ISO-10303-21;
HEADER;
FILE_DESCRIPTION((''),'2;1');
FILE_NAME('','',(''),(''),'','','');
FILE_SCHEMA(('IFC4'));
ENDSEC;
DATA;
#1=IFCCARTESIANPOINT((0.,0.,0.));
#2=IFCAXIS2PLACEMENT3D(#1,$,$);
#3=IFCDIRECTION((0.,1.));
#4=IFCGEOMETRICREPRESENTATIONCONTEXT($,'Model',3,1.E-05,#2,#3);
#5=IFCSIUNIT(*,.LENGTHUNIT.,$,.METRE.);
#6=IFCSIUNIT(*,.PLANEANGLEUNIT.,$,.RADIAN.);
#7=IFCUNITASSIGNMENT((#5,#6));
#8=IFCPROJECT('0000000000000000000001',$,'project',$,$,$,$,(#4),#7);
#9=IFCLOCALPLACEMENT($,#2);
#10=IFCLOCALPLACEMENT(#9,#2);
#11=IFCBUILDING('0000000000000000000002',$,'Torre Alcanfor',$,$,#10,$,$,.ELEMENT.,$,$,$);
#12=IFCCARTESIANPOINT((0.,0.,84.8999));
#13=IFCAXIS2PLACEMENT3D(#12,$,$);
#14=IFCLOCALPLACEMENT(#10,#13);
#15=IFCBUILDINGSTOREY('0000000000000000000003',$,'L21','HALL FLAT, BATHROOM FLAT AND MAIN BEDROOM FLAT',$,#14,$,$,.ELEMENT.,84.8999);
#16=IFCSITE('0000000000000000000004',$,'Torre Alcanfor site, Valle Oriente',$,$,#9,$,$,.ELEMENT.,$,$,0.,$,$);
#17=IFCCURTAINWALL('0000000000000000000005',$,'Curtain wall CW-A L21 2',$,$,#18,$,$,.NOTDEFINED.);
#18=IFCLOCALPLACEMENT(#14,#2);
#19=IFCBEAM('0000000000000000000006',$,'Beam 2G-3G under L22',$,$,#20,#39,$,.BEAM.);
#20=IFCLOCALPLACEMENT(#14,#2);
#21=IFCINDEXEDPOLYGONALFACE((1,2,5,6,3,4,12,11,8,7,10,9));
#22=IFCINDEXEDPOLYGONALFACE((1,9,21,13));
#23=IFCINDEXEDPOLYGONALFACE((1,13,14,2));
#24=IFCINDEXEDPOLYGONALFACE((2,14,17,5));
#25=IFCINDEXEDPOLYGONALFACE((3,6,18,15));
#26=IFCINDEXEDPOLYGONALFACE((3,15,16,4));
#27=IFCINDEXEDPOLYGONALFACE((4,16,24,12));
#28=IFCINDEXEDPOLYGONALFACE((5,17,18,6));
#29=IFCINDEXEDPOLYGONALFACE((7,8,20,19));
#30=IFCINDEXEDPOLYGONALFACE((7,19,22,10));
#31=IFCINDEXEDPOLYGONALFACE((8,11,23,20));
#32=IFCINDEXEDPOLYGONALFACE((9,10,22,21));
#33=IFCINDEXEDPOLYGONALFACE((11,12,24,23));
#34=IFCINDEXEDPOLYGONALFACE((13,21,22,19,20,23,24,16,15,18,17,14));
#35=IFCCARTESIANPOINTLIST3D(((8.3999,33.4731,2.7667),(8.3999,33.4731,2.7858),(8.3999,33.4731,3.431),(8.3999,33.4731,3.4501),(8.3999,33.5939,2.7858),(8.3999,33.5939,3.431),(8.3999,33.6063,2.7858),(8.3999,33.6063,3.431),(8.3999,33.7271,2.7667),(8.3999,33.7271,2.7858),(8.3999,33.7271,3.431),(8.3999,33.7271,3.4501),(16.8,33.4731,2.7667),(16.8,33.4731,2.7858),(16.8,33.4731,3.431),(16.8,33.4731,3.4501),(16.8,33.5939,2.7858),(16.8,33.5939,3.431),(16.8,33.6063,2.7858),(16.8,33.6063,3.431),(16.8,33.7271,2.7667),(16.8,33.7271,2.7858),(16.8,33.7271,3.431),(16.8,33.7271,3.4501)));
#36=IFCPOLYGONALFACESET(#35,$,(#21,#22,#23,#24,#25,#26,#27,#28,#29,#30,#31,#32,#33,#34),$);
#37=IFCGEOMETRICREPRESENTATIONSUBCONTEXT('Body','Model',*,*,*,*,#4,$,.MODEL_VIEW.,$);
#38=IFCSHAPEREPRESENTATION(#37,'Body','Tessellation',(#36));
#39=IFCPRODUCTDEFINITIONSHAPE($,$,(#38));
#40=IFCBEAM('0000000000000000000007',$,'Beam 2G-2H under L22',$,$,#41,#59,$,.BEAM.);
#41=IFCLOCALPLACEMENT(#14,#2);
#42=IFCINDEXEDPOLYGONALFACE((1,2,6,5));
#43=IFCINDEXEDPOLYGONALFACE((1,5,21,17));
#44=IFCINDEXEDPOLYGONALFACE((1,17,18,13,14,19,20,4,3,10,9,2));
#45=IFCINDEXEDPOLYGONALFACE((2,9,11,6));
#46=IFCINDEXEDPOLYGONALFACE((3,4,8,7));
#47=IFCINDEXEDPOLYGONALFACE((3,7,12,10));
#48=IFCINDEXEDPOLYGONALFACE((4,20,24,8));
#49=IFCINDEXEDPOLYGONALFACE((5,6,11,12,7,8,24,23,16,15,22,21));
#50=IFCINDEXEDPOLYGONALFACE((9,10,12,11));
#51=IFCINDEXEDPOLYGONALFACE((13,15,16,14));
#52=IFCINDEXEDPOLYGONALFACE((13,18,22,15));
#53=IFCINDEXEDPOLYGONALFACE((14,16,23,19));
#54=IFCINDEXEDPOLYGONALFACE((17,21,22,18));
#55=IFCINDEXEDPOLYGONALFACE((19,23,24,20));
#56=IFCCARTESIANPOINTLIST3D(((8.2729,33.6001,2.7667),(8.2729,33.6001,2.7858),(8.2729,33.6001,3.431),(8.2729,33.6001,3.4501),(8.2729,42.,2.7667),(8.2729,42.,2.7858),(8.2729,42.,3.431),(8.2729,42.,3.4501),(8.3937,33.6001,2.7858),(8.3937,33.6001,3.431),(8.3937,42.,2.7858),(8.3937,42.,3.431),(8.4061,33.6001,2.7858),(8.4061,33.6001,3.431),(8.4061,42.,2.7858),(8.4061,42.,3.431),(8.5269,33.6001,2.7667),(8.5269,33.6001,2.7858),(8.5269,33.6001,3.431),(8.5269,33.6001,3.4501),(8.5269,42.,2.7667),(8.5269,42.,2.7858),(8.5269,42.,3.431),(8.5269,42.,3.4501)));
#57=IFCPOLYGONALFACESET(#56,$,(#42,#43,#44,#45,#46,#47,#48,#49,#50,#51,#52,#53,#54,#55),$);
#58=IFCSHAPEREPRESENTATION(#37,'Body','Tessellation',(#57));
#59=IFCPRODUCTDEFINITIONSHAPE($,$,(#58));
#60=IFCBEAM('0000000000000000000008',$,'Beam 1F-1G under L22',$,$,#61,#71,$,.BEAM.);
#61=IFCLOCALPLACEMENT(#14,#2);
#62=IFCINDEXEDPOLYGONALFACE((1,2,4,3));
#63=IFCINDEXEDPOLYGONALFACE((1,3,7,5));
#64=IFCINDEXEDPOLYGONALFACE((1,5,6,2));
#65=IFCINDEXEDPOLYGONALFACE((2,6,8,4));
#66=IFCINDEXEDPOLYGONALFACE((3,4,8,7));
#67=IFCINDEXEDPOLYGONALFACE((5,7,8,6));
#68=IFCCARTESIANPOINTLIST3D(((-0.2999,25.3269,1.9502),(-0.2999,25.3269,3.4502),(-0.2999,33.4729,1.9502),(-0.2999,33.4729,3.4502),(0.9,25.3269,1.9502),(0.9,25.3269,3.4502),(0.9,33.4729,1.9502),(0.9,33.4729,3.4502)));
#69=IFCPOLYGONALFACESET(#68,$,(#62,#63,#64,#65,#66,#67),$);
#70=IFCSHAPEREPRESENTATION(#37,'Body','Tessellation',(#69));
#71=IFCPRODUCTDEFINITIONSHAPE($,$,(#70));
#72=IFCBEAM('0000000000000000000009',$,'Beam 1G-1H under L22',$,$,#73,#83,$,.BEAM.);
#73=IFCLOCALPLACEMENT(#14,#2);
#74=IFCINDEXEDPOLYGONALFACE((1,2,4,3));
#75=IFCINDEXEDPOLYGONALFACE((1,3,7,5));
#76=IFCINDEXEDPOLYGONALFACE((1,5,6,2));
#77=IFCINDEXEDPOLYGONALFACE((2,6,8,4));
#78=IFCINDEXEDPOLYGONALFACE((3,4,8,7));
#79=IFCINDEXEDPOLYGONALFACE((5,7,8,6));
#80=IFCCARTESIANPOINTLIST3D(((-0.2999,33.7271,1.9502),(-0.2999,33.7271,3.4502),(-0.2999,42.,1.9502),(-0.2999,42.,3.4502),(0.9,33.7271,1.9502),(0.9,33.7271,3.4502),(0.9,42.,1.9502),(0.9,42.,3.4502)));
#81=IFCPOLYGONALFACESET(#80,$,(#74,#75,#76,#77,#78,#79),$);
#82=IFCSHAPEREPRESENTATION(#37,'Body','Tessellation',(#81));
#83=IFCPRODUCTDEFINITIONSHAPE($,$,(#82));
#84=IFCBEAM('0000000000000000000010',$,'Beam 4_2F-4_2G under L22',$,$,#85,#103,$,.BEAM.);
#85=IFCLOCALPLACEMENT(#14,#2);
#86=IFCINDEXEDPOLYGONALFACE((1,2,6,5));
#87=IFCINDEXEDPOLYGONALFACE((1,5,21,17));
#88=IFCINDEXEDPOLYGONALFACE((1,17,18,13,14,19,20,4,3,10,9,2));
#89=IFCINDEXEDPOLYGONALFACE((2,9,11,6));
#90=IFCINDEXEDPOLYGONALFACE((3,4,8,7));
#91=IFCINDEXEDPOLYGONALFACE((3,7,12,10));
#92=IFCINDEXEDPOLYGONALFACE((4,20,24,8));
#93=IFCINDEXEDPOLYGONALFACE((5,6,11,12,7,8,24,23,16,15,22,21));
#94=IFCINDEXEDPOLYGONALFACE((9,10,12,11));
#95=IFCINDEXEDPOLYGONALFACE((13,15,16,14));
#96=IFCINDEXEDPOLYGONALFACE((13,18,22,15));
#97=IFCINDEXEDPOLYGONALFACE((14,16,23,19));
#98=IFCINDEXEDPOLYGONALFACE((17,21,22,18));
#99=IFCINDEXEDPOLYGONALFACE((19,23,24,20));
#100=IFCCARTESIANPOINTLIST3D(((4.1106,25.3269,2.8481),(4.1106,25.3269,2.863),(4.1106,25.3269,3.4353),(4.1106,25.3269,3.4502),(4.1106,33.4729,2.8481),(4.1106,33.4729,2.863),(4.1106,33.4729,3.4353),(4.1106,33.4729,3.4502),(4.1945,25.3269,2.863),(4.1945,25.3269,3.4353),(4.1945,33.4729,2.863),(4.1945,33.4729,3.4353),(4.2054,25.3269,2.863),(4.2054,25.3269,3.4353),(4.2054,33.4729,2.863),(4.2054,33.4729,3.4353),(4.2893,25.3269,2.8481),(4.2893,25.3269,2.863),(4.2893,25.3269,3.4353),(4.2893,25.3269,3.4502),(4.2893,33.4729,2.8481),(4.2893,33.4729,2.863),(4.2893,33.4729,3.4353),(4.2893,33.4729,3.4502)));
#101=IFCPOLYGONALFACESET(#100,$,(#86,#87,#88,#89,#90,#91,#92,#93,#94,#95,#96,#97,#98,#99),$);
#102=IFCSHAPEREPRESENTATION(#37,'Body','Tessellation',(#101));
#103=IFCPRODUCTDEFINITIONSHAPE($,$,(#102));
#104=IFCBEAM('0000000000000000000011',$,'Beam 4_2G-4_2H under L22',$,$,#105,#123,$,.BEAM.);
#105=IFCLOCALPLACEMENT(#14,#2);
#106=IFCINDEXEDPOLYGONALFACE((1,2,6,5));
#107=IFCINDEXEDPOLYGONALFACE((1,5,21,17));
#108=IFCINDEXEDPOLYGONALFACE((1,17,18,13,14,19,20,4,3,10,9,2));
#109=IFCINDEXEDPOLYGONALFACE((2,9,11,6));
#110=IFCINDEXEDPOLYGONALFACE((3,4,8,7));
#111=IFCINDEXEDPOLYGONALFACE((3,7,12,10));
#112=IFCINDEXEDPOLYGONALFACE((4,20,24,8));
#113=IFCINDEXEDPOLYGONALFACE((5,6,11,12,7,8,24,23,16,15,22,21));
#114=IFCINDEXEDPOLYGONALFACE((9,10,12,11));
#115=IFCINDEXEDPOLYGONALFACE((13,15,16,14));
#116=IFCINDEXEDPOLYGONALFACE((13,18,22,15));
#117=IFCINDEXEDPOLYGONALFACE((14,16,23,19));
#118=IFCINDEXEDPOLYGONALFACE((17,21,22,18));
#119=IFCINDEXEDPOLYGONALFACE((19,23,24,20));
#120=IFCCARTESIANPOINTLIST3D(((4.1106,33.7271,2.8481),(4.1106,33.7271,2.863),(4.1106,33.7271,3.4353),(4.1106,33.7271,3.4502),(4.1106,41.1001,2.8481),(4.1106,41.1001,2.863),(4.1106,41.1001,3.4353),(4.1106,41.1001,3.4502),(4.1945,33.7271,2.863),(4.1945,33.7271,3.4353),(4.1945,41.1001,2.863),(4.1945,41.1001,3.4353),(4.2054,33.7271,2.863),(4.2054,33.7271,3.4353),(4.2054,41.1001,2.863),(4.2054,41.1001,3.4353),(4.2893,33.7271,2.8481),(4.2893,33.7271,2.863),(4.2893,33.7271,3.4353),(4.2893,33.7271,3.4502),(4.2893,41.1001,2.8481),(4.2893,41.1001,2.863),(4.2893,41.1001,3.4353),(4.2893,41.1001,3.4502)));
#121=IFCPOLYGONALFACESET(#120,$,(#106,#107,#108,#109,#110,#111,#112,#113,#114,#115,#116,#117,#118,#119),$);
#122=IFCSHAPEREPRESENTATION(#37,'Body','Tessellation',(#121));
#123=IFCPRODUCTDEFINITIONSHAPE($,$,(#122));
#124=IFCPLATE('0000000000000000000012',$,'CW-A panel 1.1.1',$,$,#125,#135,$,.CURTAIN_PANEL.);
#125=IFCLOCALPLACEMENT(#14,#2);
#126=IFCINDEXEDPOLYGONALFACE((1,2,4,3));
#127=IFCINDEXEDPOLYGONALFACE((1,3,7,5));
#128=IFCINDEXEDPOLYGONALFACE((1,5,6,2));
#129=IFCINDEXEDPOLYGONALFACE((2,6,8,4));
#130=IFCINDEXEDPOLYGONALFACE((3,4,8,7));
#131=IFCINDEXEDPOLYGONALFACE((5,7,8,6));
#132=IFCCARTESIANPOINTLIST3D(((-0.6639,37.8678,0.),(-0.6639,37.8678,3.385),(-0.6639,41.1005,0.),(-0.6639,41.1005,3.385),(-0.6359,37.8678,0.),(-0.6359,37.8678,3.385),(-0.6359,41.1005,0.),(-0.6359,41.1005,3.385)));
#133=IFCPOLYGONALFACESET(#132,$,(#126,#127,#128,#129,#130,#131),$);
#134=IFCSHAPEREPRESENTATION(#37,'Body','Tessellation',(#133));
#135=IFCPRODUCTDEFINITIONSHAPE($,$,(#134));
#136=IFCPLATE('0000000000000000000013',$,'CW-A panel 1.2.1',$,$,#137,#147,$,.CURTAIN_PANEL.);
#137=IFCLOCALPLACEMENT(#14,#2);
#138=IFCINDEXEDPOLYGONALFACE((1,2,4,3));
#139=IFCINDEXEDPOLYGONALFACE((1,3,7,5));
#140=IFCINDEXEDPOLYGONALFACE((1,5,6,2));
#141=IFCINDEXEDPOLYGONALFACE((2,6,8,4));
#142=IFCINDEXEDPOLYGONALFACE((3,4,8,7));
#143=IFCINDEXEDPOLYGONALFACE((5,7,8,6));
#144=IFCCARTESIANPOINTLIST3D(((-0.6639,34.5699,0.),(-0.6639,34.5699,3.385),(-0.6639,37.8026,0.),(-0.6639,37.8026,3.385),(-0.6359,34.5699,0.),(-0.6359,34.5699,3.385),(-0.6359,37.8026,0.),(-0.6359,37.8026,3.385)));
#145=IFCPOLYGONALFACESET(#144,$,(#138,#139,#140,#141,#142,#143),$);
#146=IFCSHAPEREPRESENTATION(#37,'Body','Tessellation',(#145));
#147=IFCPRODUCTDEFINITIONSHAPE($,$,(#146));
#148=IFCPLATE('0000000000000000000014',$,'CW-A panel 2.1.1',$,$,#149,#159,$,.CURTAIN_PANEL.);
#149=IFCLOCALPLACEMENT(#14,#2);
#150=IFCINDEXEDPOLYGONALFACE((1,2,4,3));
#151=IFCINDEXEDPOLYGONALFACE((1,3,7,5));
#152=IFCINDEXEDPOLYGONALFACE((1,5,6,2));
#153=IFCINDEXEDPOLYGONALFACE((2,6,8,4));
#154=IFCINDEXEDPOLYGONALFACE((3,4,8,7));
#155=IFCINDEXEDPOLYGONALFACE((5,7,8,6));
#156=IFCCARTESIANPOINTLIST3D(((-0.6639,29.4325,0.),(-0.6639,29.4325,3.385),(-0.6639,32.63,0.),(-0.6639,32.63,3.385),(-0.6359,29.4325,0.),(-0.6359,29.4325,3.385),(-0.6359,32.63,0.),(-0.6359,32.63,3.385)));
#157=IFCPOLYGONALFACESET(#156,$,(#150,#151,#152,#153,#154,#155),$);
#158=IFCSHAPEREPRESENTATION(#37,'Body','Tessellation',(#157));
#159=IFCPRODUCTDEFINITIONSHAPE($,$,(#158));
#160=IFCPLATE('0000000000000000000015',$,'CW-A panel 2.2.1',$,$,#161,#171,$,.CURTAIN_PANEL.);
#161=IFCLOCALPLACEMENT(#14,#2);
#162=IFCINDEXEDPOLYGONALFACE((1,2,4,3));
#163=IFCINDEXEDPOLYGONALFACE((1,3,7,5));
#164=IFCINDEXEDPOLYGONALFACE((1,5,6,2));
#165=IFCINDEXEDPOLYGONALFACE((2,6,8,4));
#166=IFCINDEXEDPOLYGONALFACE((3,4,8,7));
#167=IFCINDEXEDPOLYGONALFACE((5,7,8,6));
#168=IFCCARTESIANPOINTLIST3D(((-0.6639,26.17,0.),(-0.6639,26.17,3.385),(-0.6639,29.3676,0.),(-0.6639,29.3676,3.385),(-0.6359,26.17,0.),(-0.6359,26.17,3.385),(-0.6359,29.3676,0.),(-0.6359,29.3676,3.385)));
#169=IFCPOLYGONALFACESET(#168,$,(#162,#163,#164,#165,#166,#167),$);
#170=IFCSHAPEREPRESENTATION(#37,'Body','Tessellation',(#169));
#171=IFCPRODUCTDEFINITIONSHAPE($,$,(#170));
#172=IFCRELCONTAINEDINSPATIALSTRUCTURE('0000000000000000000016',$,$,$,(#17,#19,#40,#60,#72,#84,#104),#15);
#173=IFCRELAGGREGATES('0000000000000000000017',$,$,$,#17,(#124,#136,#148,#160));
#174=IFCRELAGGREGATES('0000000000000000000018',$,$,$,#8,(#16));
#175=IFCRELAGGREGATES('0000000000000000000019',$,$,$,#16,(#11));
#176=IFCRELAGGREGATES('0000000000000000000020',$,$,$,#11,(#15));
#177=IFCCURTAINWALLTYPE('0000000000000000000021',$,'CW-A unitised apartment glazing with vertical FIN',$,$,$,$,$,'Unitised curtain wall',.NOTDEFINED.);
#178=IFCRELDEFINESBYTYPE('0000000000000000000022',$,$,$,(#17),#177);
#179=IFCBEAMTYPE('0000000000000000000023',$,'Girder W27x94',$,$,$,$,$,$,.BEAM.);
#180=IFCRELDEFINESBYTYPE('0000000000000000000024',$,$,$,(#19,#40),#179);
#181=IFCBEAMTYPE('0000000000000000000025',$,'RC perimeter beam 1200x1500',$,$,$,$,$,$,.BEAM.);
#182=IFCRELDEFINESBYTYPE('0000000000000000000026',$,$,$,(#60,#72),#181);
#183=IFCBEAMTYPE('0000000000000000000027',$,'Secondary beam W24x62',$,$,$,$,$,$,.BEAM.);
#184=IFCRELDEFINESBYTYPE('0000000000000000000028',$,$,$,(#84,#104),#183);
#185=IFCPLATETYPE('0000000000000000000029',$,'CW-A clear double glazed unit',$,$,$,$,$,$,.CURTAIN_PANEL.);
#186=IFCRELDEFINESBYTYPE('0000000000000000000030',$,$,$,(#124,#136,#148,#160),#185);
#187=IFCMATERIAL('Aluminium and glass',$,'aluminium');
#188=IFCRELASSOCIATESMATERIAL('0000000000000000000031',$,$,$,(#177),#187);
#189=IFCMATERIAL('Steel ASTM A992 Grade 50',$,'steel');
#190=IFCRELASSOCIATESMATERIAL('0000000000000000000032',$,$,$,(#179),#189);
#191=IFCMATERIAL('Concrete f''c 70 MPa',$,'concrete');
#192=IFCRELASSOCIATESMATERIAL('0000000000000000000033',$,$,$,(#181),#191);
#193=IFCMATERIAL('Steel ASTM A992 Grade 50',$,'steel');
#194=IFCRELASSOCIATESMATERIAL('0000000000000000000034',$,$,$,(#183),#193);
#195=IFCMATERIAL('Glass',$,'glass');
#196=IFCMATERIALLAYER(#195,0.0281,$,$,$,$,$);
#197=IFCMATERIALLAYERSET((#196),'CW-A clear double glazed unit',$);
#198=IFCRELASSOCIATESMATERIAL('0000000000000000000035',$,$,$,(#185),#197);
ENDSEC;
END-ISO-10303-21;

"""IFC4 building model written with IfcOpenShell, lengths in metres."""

from ifc_helpers import new_model, si_unit, direction, frame, origin, origin_2d, place, context, subcontext, project, spatial, rectangle, i_section, extrude, material, layer, layer_set, material_profile, profile_set, type_object, element, aggregate, save


model = new_model("IFC4")

# Units and contexts
model_context = context("Model", 3, precision=1e-05, world=origin(), true_north=direction((0.0, 1.0)))
body_context = subcontext(model_context, "Body", "Model", "MODEL_VIEW")
ifc_project = project(units=[si_unit("LENGTHUNIT", "METRE"), si_unit("PLANEANGLEUNIT", "RADIAN")], contexts=[model_context])

# Site, building, storey
site_placement = place(None, origin())
site = spatial("IfcSite", under=ifc_project, at=site_placement, Name="Torre Alcanfor site, Valle Oriente", CompositionType="ELEMENT", RefElevation=0.0)
building_placement = place(site_placement, origin())
building = spatial("IfcBuilding", under=site, at=building_placement, Name="Torre Alcanfor", CompositionType="ELEMENT")
storey_placement = place(building_placement, frame((0.0, 0.0, 84.8999)))
storey = spatial("IfcBuildingStorey", under=building, at=storey_placement, Name="L21", Description="HALL FLAT, BATHROOM FLAT AND MAIN BEDROOM FLAT", CompositionType="ELEMENT", Elevation=84.8999)

# Curtain wall
ifc_material_1 = material(Name="Aluminium and glass", Category="aluminium")
curtain_wall_type = type_object("IfcCurtainWallType", Name="CW-A unitised apartment glazing with vertical FIN", ElementType="Unitised curtain wall", PredefinedType="NOTDEFINED", material=ifc_material_1)
curtain_wall_placement = place(storey_placement, origin())
curtain_wall = element("IfcCurtainWall", 1, at=curtain_wall_placement, inside=storey, type_object=curtain_wall_type, Name="Curtain wall CW-A L21 2", PredefinedType="NOTDEFINED")

# Beams
ifc_material_2 = material(Name="Steel ASTM A992 Grade 50", Category="steel")
ifc_material_profile_1 = material_profile(ifc_material_2, i_section(OverallWidth=0.2539, OverallDepth=0.6833, WebThickness=0.0125, FlangeThickness=0.019, at=origin_2d()), Name="W27x94")
ifc_profile_set_1 = profile_set([ifc_material_profile_1], Name="Steel ASTM A992 Grade 50")
beam_type_1 = type_object("IfcBeamType", Name="Girder W27x94", PredefinedType="BEAM", material=ifc_profile_set_1)
beam_1_placement = place(storey_placement, frame((8.3999, 33.6001, 3.1084), z_axis=(1.0, 0.0, 0.0), x_axis=(0.0, 1.0, 0.0)))
element("IfcBeam", 2, at=beam_1_placement, inside=storey, type_object=beam_type_1, Name="Beam 2G-3G under L22", PredefinedType="BEAM", context=body_context, shape_type="SweptSolid", body=[
    extrude(i_section(OverallWidth=0.2539, OverallDepth=0.6833, WebThickness=0.0125, FlangeThickness=0.019, at=origin_2d()), origin(), (0.0, 0.0, 1.0), 8.4001),
])
beam_2_placement = place(storey_placement, frame((8.3999, 33.6001, 3.1084), z_axis=(0.0, 1.0, 0.0), x_axis=(-1.0, 0.0, 0.0)))
element("IfcBeam", 3, at=beam_2_placement, inside=storey, type_object=beam_type_1, Name="Beam 2G-2H under L22", PredefinedType="BEAM", context=body_context, shape_type="SweptSolid", body=[
    extrude(i_section(OverallWidth=0.2539, OverallDepth=0.6833, WebThickness=0.0125, FlangeThickness=0.019, at=origin_2d()), origin(), (0.0, 0.0, 1.0), 8.3999),
])
ifc_material_3 = material(Name="Concrete f'c 70 MPa", Category="concrete")
ifc_material_profile_2 = material_profile(ifc_material_3, rectangle(XDim=1.2, YDim=1.5, at=origin_2d()), Name="1200x1500")
ifc_profile_set_2 = profile_set([ifc_material_profile_2], Name="Concrete f'c 70 MPa")
beam_type_2 = type_object("IfcBeamType", Name="RC perimeter beam 1200x1500", PredefinedType="BEAM", material=ifc_profile_set_2)
beam_3_placement = place(storey_placement, frame((0.3, 25.3269, 2.7002), z_axis=(0.0, 1.0, 0.0), x_axis=(-1.0, 0.0, 0.0)))
element("IfcBeam", 4, at=beam_3_placement, inside=storey, type_object=beam_type_2, Name="Beam 1F-1G under L22", PredefinedType="BEAM", context=body_context, shape_type="SweptSolid", body=[
    extrude(rectangle(XDim=1.2, YDim=1.5, at=origin_2d()), origin(), (0.0, 0.0, 1.0), 8.146),
])
beam_4_placement = place(storey_placement, frame((0.3, 33.7271, 2.7002), z_axis=(0.0, 1.0, 0.0), x_axis=(-1.0, 0.0, 0.0)))
element("IfcBeam", 5, at=beam_4_placement, inside=storey, type_object=beam_type_2, Name="Beam 1G-1H under L22", PredefinedType="BEAM", context=body_context, shape_type="SweptSolid", body=[
    extrude(rectangle(XDim=1.2, YDim=1.5, at=origin_2d()), origin(), (0.0, 0.0, 1.0), 8.2729),
])
ifc_material_4 = material(Name="Steel ASTM A992 Grade 50", Category="steel")
ifc_material_profile_3 = material_profile(ifc_material_4, i_section(OverallWidth=0.1787, OverallDepth=0.6021, WebThickness=0.011, FlangeThickness=0.0149, at=origin_2d()), Name="W24x62")
ifc_profile_set_3 = profile_set([ifc_material_profile_3], Name="Steel ASTM A992 Grade 50")
beam_type_3 = type_object("IfcBeamType", Name="Secondary beam W24x62", PredefinedType="BEAM", material=ifc_profile_set_3)
beam_5_placement = place(storey_placement, frame((4.2, 25.3269, 3.1492), z_axis=(0.0, 1.0, 0.0), x_axis=(-1.0, 0.0, 0.0)))
element("IfcBeam", 6, at=beam_5_placement, inside=storey, type_object=beam_type_3, Name="Beam 4_2F-4_2G under L22", PredefinedType="BEAM", context=body_context, shape_type="SweptSolid", body=[
    extrude(i_section(OverallWidth=0.1787, OverallDepth=0.6021, WebThickness=0.011, FlangeThickness=0.0149, at=origin_2d()), origin(), (0.0, 0.0, 1.0), 8.146),
])
beam_6_placement = place(storey_placement, frame((4.2, 33.7271, 3.1492), z_axis=(0.0, 1.0, 0.0), x_axis=(-1.0, 0.0, 0.0)))
element("IfcBeam", 7, at=beam_6_placement, inside=storey, type_object=beam_type_3, Name="Beam 4_2G-4_2H under L22", PredefinedType="BEAM", context=body_context, shape_type="SweptSolid", body=[
    extrude(i_section(OverallWidth=0.1787, OverallDepth=0.6021, WebThickness=0.011, FlangeThickness=0.0149, at=origin_2d()), origin(), (0.0, 0.0, 1.0), 7.373),
])

# Plates
ifc_material_5 = material(Name="Glass", Category="glass")
ifc_layer_1 = layer(ifc_material_5, 0.0281)
ifc_layer_set_1 = layer_set([ifc_layer_1], Name="CW-A clear double glazed unit")
plate_type = type_object("IfcPlateType", Name="CW-A clear double glazed unit", PredefinedType="CURTAIN_PANEL", material=ifc_layer_set_1)
plate_1_placement = place(storey_placement, frame((-0.6499, 39.4841, 0.0), z_axis=(0.0, 0.0, 1.0), x_axis=(0.0, -1.0, 0.0)))
plate_1 = element("IfcPlate", 8, at=plate_1_placement, type_object=plate_type, Name="CW-A panel 1.1.1", PredefinedType="CURTAIN_PANEL", context=body_context, shape_type="SweptSolid", body=[
    extrude(rectangle(XDim=3.2327, YDim=0.0281, at=origin_2d()), origin(), (0.0, 0.0, 1.0), 3.385),
])
plate_2_placement = place(storey_placement, frame((-0.6499, 36.1863, 0.0), z_axis=(0.0, 0.0, 1.0), x_axis=(0.0, -1.0, 0.0)))
plate_2 = element("IfcPlate", 9, at=plate_2_placement, type_object=plate_type, Name="CW-A panel 1.2.1", PredefinedType="CURTAIN_PANEL", context=body_context, shape_type="SweptSolid", body=[
    extrude(rectangle(XDim=3.2327, YDim=0.0281, at=origin_2d()), origin(), (0.0, 0.0, 1.0), 3.385),
])
plate_3_placement = place(storey_placement, frame((-0.6499, 31.0312, 0.0), z_axis=(0.0, 0.0, 1.0), x_axis=(0.0, -1.0, 0.0)))
plate_3 = element("IfcPlate", 10, at=plate_3_placement, type_object=plate_type, Name="CW-A panel 2.1.1", PredefinedType="CURTAIN_PANEL", context=body_context, shape_type="SweptSolid", body=[
    extrude(rectangle(XDim=3.1975, YDim=0.0281, at=origin_2d()), origin(), (0.0, 0.0, 1.0), 3.385),
])
plate_4_placement = place(storey_placement, frame((-0.6499, 27.7688, 0.0), z_axis=(0.0, 0.0, 1.0), x_axis=(0.0, -1.0, 0.0)))
plate_4 = element("IfcPlate", 11, at=plate_4_placement, type_object=plate_type, Name="CW-A panel 2.2.1", PredefinedType="CURTAIN_PANEL", context=body_context, shape_type="SweptSolid", body=[
    extrude(rectangle(XDim=3.1975, YDim=0.0281, at=origin_2d()), origin(), (0.0, 0.0, 1.0), 3.385),
])
aggregate(curtain_wall, [plate_1, plate_2, plate_3, plate_4])

save(model, "model.ifc")
